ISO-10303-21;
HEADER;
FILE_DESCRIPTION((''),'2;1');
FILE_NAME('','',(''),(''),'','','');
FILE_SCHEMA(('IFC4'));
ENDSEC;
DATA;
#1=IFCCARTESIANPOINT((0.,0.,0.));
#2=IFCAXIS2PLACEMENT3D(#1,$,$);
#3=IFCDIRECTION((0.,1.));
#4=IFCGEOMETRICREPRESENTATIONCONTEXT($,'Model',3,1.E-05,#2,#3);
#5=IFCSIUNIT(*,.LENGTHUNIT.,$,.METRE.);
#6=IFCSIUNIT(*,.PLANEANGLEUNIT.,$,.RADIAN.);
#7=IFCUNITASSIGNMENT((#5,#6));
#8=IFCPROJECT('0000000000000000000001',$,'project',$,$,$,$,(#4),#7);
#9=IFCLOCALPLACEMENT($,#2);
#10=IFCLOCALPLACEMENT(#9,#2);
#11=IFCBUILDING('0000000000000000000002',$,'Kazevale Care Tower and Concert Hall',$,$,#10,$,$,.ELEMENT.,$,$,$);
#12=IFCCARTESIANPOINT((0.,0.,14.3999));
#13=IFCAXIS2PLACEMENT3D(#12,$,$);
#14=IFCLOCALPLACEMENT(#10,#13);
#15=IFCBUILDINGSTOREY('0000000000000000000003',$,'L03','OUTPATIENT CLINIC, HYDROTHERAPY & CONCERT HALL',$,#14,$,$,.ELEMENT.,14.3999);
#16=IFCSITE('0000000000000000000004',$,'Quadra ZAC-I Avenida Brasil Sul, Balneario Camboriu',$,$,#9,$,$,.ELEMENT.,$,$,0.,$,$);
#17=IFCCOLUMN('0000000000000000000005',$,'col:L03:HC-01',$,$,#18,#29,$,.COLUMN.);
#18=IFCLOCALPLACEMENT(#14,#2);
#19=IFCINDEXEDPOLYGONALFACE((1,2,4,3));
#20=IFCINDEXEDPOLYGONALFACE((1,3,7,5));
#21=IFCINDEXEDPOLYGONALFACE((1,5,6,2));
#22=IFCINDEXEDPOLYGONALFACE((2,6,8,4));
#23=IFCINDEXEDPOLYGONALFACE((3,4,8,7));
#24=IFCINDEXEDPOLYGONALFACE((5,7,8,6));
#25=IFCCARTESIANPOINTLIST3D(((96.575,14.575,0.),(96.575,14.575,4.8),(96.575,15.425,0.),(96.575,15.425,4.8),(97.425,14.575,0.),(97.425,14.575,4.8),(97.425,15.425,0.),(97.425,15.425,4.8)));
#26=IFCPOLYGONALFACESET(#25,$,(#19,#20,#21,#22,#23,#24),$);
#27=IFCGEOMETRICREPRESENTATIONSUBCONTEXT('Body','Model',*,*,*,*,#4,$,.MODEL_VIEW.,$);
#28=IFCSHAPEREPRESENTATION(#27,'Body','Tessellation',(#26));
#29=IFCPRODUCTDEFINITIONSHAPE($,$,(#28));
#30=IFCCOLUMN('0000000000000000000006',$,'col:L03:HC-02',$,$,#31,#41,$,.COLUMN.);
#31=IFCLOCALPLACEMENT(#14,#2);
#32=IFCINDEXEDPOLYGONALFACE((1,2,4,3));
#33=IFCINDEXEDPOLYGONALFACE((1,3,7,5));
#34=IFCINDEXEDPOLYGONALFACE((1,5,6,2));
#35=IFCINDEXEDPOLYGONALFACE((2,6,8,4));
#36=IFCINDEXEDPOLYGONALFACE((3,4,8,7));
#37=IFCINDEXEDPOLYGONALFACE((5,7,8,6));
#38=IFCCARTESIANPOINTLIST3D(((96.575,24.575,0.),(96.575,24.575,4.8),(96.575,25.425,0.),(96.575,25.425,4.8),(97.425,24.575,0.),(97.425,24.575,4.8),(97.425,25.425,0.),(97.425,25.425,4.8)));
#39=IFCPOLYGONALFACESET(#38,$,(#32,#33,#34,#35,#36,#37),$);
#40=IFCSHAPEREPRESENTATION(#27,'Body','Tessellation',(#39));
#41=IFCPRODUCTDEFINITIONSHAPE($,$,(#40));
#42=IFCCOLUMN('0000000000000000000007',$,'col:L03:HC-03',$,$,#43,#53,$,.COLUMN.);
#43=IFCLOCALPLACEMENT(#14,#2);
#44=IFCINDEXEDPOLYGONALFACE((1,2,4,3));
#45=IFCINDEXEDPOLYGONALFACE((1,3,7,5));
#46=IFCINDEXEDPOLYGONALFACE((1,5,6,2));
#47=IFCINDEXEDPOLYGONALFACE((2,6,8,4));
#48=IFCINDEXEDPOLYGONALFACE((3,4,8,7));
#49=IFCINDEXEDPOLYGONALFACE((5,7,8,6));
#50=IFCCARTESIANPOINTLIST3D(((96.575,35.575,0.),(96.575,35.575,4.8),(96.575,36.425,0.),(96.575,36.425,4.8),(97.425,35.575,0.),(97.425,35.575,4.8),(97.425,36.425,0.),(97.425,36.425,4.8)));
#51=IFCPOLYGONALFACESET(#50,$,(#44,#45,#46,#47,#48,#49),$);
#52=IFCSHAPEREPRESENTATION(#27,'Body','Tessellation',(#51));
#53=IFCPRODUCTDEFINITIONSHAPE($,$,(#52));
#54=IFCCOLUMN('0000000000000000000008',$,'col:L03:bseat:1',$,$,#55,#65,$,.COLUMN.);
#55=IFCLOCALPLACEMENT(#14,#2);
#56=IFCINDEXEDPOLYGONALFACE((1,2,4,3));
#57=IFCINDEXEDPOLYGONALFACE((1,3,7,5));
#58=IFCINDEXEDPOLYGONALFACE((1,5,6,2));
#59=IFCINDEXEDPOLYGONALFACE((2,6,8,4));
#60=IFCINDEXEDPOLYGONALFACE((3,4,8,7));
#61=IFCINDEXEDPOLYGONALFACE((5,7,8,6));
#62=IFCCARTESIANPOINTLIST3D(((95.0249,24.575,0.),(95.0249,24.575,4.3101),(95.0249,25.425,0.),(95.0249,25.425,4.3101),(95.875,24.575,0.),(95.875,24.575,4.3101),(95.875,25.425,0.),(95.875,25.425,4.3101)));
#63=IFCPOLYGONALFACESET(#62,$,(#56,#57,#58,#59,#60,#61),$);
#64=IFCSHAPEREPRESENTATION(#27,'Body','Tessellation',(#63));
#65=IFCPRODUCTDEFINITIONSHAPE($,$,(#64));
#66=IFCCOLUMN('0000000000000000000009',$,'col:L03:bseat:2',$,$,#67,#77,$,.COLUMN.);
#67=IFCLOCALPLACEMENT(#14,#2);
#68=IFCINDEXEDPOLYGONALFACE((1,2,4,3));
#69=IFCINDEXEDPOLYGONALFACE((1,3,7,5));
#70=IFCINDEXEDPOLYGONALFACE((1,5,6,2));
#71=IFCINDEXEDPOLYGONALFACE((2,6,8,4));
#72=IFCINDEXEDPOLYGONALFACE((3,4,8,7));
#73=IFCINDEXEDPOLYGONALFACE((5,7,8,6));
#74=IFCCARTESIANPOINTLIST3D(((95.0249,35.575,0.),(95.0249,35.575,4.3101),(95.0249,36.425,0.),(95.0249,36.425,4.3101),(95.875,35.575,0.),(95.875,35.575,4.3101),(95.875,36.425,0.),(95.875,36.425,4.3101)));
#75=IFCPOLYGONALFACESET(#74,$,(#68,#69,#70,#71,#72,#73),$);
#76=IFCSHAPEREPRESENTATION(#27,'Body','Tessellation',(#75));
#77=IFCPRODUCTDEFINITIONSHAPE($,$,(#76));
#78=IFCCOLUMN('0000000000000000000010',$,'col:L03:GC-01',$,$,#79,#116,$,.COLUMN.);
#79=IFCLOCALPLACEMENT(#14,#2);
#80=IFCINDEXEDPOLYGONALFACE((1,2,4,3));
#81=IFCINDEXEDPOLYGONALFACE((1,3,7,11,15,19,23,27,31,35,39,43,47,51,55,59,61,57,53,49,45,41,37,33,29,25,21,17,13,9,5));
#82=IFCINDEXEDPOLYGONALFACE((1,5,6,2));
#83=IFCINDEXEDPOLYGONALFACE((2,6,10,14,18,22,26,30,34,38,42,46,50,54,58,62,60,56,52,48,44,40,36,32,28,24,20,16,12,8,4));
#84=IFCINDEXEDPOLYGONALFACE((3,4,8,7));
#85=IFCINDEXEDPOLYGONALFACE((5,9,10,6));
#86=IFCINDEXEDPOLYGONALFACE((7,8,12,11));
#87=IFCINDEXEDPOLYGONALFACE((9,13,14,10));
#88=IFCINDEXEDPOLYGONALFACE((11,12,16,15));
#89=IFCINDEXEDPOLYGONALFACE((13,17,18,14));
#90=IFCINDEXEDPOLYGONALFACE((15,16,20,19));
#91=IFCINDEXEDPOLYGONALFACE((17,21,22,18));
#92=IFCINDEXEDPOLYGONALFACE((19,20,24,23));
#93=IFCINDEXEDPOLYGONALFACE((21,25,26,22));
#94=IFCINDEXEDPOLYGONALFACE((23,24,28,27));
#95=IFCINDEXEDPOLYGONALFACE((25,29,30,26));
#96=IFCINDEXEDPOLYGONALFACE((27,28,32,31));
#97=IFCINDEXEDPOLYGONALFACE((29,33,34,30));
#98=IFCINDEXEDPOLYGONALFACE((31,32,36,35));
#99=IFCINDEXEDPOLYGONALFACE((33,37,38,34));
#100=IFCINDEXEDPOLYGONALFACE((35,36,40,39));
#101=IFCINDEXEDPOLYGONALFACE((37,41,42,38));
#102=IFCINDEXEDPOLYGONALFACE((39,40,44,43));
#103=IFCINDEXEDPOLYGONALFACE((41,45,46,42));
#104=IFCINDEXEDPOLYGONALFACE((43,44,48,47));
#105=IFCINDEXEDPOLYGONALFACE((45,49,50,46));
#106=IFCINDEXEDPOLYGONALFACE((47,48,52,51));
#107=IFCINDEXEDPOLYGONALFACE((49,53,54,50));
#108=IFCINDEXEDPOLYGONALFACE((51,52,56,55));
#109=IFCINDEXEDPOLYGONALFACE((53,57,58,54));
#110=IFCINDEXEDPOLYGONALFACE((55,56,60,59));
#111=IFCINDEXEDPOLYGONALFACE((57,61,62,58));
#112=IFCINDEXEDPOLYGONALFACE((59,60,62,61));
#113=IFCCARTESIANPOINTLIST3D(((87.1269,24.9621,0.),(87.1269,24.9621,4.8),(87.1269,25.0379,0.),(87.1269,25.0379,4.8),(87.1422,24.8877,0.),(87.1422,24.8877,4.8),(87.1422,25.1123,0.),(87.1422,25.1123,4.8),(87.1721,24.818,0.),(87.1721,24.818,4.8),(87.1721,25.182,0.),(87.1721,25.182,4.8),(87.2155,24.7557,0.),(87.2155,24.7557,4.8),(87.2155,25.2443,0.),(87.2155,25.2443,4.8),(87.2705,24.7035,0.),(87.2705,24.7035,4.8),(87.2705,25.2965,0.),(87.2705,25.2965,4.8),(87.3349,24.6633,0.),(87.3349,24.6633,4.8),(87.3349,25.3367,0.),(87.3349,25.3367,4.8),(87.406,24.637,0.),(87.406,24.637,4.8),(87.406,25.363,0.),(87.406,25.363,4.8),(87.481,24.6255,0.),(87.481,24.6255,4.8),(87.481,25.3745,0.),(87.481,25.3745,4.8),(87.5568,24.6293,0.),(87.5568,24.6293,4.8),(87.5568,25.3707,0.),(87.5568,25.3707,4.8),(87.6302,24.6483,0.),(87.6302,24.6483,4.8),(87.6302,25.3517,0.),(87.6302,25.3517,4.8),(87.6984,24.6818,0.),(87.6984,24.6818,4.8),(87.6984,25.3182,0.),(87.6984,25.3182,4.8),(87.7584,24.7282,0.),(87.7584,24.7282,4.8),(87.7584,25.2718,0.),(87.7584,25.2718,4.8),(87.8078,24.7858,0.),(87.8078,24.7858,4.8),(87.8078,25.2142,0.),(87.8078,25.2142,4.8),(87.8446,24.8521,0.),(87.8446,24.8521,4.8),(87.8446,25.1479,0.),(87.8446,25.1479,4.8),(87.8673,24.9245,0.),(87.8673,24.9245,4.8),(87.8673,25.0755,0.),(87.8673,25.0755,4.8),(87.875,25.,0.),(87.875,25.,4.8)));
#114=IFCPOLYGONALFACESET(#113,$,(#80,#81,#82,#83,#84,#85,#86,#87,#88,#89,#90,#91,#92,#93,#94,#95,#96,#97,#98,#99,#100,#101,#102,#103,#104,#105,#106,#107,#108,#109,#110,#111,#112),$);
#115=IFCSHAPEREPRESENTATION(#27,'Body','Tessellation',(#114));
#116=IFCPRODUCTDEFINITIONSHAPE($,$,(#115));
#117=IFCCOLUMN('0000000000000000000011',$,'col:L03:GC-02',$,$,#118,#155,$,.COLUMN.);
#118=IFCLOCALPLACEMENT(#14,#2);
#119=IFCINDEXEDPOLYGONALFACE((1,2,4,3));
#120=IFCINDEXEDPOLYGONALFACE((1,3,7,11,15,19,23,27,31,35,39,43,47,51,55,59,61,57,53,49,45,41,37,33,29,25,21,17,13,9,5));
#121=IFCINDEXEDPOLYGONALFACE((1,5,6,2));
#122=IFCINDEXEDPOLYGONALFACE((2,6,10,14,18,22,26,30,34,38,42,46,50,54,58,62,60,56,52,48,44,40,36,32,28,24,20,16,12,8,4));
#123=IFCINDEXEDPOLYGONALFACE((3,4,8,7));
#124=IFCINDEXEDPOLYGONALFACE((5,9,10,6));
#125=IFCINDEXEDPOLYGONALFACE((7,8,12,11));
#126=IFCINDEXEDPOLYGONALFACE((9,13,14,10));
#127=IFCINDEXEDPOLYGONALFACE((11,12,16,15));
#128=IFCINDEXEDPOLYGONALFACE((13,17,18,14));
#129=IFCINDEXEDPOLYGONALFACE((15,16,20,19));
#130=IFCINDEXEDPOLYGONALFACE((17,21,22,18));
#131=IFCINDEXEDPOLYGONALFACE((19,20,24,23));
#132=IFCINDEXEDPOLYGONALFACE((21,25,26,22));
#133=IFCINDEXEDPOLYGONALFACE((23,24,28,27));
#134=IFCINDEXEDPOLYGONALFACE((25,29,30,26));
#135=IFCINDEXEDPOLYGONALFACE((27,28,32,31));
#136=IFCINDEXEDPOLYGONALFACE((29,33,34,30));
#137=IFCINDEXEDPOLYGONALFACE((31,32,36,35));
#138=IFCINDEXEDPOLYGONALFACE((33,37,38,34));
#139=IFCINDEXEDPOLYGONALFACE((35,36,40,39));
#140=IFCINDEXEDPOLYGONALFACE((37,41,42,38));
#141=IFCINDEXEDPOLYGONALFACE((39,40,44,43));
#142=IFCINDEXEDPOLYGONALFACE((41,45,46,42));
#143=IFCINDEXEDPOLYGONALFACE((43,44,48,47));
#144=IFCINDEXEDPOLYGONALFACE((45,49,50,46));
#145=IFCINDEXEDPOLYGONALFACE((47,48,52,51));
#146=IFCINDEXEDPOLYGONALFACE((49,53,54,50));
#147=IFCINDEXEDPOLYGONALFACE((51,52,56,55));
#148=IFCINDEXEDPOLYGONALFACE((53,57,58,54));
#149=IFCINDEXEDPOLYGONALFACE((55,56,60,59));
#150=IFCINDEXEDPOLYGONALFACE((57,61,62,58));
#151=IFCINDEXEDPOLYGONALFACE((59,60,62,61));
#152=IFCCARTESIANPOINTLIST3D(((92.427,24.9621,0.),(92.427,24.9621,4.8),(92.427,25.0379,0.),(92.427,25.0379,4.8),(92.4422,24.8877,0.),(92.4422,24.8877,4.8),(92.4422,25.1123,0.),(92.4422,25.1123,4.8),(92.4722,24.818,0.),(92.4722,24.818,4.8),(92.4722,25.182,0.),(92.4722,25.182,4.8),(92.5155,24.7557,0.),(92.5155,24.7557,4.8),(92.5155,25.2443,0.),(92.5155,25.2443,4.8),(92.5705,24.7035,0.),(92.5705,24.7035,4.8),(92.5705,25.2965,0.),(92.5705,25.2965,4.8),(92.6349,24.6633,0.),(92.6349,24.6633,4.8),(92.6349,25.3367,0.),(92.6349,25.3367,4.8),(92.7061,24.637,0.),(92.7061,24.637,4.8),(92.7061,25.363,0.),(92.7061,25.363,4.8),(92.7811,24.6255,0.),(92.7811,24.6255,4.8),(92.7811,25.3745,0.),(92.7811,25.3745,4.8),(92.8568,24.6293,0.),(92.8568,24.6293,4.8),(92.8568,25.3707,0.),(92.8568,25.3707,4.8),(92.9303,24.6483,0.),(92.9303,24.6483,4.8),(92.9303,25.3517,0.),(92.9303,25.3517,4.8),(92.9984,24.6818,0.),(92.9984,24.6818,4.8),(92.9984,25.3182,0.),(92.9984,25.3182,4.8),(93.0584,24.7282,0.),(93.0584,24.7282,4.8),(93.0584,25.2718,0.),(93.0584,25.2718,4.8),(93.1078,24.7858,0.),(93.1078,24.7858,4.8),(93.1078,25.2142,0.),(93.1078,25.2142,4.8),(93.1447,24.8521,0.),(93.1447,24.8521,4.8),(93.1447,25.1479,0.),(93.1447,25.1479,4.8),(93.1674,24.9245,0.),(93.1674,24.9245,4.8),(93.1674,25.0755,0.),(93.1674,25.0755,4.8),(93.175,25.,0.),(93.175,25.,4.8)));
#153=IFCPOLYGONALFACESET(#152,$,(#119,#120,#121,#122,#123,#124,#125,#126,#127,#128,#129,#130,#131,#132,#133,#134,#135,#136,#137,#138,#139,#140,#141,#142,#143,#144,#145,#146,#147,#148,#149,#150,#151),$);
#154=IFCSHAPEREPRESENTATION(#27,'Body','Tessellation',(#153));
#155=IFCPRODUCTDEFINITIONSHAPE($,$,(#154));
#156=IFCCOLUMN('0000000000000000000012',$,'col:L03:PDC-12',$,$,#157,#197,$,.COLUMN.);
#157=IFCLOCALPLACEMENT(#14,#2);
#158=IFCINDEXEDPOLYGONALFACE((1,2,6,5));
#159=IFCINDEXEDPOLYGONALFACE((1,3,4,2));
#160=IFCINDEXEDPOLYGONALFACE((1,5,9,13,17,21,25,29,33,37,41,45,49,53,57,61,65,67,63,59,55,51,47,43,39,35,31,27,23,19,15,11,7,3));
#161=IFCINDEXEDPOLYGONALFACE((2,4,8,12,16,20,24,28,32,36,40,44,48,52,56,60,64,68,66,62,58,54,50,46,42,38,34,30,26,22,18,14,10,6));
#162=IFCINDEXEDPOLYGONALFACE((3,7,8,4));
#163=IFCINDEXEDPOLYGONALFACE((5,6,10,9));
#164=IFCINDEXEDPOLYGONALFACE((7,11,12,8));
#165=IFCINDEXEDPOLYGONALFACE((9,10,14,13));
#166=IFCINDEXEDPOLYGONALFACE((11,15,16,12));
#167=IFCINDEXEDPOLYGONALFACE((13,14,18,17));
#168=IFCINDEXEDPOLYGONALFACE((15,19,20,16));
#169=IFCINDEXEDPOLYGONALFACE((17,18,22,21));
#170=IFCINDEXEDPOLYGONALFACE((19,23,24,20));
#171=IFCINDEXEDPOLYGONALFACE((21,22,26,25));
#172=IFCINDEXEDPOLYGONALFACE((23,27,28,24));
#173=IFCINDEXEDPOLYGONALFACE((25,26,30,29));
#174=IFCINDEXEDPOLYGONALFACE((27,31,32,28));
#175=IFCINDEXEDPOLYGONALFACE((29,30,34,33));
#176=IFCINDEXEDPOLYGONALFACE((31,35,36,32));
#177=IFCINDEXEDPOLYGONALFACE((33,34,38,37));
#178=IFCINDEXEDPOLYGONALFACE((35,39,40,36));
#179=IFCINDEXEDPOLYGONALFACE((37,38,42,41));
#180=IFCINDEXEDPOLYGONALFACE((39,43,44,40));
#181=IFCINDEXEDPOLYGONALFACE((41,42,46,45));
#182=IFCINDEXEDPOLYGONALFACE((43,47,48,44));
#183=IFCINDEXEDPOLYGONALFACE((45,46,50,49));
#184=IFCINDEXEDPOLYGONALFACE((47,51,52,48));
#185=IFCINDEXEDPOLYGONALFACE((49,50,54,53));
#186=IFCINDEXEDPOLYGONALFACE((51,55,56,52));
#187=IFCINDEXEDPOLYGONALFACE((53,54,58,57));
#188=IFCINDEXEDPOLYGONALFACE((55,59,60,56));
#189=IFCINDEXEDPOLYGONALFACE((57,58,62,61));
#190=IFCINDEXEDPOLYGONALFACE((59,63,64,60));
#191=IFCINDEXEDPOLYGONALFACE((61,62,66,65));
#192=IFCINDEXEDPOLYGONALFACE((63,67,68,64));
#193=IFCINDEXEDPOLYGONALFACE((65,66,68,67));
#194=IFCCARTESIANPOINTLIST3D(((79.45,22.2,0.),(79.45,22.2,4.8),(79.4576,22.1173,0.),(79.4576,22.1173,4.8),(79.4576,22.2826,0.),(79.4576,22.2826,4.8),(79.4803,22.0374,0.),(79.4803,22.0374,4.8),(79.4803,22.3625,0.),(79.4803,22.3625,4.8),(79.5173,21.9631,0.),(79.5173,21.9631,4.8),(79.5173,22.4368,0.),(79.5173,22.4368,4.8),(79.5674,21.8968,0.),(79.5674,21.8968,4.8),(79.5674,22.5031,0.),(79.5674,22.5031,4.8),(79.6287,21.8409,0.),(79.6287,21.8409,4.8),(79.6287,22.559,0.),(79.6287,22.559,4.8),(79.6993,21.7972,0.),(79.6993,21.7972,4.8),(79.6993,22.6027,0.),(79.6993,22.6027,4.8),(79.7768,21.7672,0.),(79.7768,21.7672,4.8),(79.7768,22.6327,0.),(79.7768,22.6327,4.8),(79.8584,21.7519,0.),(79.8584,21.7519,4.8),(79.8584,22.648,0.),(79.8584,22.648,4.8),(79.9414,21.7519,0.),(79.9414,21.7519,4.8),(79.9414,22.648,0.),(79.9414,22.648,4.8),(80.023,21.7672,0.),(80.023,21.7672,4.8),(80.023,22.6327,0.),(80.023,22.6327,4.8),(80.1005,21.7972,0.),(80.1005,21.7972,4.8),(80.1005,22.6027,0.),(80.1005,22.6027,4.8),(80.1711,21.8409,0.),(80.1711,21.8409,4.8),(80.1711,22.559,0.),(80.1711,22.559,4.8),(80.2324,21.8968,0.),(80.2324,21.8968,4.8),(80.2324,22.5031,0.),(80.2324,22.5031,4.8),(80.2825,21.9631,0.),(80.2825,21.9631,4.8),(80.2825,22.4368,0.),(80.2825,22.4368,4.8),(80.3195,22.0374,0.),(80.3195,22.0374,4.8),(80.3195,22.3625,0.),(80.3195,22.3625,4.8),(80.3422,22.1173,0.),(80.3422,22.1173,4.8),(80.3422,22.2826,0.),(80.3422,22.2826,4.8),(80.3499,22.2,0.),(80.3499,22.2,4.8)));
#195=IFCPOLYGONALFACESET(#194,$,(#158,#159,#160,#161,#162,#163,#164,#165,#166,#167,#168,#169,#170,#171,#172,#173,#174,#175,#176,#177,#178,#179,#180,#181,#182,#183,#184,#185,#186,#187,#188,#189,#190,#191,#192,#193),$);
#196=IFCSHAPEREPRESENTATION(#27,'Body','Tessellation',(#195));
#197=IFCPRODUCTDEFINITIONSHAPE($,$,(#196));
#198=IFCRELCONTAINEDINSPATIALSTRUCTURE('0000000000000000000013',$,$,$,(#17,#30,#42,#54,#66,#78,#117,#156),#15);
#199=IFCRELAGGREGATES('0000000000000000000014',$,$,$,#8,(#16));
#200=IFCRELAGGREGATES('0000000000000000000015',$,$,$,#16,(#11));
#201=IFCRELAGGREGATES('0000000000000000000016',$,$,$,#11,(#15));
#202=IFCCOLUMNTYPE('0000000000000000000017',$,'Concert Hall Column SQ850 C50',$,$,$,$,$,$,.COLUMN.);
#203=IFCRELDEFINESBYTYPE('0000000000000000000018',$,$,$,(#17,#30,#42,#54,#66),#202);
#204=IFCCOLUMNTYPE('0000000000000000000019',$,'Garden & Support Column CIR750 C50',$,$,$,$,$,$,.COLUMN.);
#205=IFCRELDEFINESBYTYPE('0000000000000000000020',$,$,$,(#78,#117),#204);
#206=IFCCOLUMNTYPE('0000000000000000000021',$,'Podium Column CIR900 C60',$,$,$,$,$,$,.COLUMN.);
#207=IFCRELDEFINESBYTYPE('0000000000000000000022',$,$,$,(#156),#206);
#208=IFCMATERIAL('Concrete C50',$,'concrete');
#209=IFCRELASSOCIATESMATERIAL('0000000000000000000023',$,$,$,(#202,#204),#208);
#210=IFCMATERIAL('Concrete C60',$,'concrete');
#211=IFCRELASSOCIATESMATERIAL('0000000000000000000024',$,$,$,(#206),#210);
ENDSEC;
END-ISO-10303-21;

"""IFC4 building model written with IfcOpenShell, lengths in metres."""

from ifc_helpers import new_model, si_unit, direction, frame, origin, origin_2d, place, context, subcontext, project, spatial, rectangle, circle, extrude, material, material_profile, profile_set, type_object, element, save


model = new_model("IFC4")

# Units and contexts
model_context = context("Model", 3, precision=1e-05, world=origin(), true_north=direction((0.0, 1.0)))
body_context = subcontext(model_context, "Body", "Model", "MODEL_VIEW")
ifc_project = project(units=[si_unit("LENGTHUNIT", "METRE"), si_unit("PLANEANGLEUNIT", "RADIAN")], contexts=[model_context])

# Site, building, storey
site_placement = place(None, origin())
site = spatial("IfcSite", under=ifc_project, at=site_placement, Name="Quadra ZAC-I Avenida Brasil Sul, Balneario Camboriu", CompositionType="ELEMENT", RefElevation=0.0)
building_placement = place(site_placement, origin())
building = spatial("IfcBuilding", under=site, at=building_placement, Name="Kazevale Care Tower and Concert Hall", CompositionType="ELEMENT")
storey_placement = place(building_placement, frame((0.0, 0.0, 14.3999)))
storey = spatial("IfcBuildingStorey", under=building, at=storey_placement, Name="L03", Description="OUTPATIENT CLINIC, HYDROTHERAPY & CONCERT HALL", CompositionType="ELEMENT", Elevation=14.3999)

# Columns
ifc_material_1 = material(Name="Concrete C50", Category="concrete")
ifc_material_profile_1 = material_profile(ifc_material_1, rectangle(XDim=0.8501, YDim=0.8501, at=origin_2d()), Name="RC-SQ850")
ifc_profile_set_1 = profile_set([ifc_material_profile_1], Name="Concrete C50")
column_type_1 = type_object("IfcColumnType", Name="Concert Hall Column SQ850 C50", PredefinedType="COLUMN", material=ifc_profile_set_1)
for number, where, z_axis, x_axis, name in (
    (1, (97.0, 15.0, 0.0), (0.0, 0.0, 1.0), (1.0, 0.0, 0.0), "col:L03:HC-01"),
    (2, (97.0, 25.0, 0.0), (0.0, 0.0, 1.0), (1.0, 0.0, 0.0), "col:L03:HC-02"),
    (3, (97.0, 36.0, 0.0), (0.0, 0.0, 1.0), (1.0, 0.0, 0.0), "col:L03:HC-03"),
):
    element("IfcColumn", number, at=place(storey_placement, frame(where, z_axis=z_axis, x_axis=x_axis)), inside=storey, type_object=column_type_1, Name=name, PredefinedType="COLUMN", context=body_context, shape_type="SweptSolid", body=[
        extrude(rectangle(XDim=0.8501, YDim=0.8501, at=origin_2d()), origin(), (0.0, 0.0, 1.0), 4.8),
    ])
for number, where, z_axis, x_axis, name in (
    (4, (95.45, 25.0, 0.0), (0.0, 0.0, 1.0), (1.0, 0.0, 0.0), "col:L03:bseat:1"),
    (5, (95.45, 36.0, 0.0), (0.0, 0.0, 1.0), (1.0, 0.0, 0.0), "col:L03:bseat:2"),
):
    element("IfcColumn", number, at=place(storey_placement, frame(where, z_axis=z_axis, x_axis=x_axis)), inside=storey, type_object=column_type_1, Name=name, PredefinedType="COLUMN", context=body_context, shape_type="SweptSolid", body=[
        extrude(rectangle(XDim=0.8501, YDim=0.8501, at=origin_2d()), origin(), (0.0, 0.0, 1.0), 4.3101),
    ])
ifc_material_profile_2 = material_profile(ifc_material_1, circle(Radius=0.375, at=origin_2d()), Name="RC-CIR750")
ifc_profile_set_2 = profile_set([ifc_material_profile_2], Name="Concrete C50")
column_type_2 = type_object("IfcColumnType", Name="Garden & Support Column CIR750 C50", PredefinedType="COLUMN", material=ifc_profile_set_2)
for number, where, z_axis, x_axis, name in (
    (6, (87.5, 25.0, 0.0), (0.0, 0.0, 1.0), (1.0, 0.0, 0.0), "col:L03:GC-01"),
    (7, (92.8, 25.0, 0.0), (0.0, 0.0, 1.0), (1.0, 0.0, 0.0), "col:L03:GC-02"),
):
    element("IfcColumn", number, at=place(storey_placement, frame(where, z_axis=z_axis, x_axis=x_axis)), inside=storey, type_object=column_type_2, Name=name, PredefinedType="COLUMN", context=body_context, shape_type="SweptSolid", body=[
        extrude(circle(Radius=0.375, at=origin_2d()), origin(), (0.0, 0.0, 1.0), 4.8),
    ])
ifc_material_2 = material(Name="Concrete C60", Category="concrete")
ifc_material_profile_3 = material_profile(ifc_material_2, circle(Radius=0.45, at=origin_2d()), Name="RC-CIR900")
ifc_profile_set_3 = profile_set([ifc_material_profile_3], Name="Concrete C60")
column_type_3 = type_object("IfcColumnType", Name="Podium Column CIR900 C60", PredefinedType="COLUMN", material=ifc_profile_set_3)
column_placement = place(storey_placement, frame((79.8999, 22.2, 0.0), z_axis=(0.0, 0.0, 1.0), x_axis=(1.0, 0.0, 0.0)))
element("IfcColumn", 8, at=column_placement, inside=storey, type_object=column_type_3, Name="col:L03:PDC-12", PredefinedType="COLUMN", context=body_context, shape_type="SweptSolid", body=[
    extrude(circle(Radius=0.45, at=origin_2d()), origin(), (0.0, 0.0, 1.0), 4.8),
])

save(model, "model.ifc")
